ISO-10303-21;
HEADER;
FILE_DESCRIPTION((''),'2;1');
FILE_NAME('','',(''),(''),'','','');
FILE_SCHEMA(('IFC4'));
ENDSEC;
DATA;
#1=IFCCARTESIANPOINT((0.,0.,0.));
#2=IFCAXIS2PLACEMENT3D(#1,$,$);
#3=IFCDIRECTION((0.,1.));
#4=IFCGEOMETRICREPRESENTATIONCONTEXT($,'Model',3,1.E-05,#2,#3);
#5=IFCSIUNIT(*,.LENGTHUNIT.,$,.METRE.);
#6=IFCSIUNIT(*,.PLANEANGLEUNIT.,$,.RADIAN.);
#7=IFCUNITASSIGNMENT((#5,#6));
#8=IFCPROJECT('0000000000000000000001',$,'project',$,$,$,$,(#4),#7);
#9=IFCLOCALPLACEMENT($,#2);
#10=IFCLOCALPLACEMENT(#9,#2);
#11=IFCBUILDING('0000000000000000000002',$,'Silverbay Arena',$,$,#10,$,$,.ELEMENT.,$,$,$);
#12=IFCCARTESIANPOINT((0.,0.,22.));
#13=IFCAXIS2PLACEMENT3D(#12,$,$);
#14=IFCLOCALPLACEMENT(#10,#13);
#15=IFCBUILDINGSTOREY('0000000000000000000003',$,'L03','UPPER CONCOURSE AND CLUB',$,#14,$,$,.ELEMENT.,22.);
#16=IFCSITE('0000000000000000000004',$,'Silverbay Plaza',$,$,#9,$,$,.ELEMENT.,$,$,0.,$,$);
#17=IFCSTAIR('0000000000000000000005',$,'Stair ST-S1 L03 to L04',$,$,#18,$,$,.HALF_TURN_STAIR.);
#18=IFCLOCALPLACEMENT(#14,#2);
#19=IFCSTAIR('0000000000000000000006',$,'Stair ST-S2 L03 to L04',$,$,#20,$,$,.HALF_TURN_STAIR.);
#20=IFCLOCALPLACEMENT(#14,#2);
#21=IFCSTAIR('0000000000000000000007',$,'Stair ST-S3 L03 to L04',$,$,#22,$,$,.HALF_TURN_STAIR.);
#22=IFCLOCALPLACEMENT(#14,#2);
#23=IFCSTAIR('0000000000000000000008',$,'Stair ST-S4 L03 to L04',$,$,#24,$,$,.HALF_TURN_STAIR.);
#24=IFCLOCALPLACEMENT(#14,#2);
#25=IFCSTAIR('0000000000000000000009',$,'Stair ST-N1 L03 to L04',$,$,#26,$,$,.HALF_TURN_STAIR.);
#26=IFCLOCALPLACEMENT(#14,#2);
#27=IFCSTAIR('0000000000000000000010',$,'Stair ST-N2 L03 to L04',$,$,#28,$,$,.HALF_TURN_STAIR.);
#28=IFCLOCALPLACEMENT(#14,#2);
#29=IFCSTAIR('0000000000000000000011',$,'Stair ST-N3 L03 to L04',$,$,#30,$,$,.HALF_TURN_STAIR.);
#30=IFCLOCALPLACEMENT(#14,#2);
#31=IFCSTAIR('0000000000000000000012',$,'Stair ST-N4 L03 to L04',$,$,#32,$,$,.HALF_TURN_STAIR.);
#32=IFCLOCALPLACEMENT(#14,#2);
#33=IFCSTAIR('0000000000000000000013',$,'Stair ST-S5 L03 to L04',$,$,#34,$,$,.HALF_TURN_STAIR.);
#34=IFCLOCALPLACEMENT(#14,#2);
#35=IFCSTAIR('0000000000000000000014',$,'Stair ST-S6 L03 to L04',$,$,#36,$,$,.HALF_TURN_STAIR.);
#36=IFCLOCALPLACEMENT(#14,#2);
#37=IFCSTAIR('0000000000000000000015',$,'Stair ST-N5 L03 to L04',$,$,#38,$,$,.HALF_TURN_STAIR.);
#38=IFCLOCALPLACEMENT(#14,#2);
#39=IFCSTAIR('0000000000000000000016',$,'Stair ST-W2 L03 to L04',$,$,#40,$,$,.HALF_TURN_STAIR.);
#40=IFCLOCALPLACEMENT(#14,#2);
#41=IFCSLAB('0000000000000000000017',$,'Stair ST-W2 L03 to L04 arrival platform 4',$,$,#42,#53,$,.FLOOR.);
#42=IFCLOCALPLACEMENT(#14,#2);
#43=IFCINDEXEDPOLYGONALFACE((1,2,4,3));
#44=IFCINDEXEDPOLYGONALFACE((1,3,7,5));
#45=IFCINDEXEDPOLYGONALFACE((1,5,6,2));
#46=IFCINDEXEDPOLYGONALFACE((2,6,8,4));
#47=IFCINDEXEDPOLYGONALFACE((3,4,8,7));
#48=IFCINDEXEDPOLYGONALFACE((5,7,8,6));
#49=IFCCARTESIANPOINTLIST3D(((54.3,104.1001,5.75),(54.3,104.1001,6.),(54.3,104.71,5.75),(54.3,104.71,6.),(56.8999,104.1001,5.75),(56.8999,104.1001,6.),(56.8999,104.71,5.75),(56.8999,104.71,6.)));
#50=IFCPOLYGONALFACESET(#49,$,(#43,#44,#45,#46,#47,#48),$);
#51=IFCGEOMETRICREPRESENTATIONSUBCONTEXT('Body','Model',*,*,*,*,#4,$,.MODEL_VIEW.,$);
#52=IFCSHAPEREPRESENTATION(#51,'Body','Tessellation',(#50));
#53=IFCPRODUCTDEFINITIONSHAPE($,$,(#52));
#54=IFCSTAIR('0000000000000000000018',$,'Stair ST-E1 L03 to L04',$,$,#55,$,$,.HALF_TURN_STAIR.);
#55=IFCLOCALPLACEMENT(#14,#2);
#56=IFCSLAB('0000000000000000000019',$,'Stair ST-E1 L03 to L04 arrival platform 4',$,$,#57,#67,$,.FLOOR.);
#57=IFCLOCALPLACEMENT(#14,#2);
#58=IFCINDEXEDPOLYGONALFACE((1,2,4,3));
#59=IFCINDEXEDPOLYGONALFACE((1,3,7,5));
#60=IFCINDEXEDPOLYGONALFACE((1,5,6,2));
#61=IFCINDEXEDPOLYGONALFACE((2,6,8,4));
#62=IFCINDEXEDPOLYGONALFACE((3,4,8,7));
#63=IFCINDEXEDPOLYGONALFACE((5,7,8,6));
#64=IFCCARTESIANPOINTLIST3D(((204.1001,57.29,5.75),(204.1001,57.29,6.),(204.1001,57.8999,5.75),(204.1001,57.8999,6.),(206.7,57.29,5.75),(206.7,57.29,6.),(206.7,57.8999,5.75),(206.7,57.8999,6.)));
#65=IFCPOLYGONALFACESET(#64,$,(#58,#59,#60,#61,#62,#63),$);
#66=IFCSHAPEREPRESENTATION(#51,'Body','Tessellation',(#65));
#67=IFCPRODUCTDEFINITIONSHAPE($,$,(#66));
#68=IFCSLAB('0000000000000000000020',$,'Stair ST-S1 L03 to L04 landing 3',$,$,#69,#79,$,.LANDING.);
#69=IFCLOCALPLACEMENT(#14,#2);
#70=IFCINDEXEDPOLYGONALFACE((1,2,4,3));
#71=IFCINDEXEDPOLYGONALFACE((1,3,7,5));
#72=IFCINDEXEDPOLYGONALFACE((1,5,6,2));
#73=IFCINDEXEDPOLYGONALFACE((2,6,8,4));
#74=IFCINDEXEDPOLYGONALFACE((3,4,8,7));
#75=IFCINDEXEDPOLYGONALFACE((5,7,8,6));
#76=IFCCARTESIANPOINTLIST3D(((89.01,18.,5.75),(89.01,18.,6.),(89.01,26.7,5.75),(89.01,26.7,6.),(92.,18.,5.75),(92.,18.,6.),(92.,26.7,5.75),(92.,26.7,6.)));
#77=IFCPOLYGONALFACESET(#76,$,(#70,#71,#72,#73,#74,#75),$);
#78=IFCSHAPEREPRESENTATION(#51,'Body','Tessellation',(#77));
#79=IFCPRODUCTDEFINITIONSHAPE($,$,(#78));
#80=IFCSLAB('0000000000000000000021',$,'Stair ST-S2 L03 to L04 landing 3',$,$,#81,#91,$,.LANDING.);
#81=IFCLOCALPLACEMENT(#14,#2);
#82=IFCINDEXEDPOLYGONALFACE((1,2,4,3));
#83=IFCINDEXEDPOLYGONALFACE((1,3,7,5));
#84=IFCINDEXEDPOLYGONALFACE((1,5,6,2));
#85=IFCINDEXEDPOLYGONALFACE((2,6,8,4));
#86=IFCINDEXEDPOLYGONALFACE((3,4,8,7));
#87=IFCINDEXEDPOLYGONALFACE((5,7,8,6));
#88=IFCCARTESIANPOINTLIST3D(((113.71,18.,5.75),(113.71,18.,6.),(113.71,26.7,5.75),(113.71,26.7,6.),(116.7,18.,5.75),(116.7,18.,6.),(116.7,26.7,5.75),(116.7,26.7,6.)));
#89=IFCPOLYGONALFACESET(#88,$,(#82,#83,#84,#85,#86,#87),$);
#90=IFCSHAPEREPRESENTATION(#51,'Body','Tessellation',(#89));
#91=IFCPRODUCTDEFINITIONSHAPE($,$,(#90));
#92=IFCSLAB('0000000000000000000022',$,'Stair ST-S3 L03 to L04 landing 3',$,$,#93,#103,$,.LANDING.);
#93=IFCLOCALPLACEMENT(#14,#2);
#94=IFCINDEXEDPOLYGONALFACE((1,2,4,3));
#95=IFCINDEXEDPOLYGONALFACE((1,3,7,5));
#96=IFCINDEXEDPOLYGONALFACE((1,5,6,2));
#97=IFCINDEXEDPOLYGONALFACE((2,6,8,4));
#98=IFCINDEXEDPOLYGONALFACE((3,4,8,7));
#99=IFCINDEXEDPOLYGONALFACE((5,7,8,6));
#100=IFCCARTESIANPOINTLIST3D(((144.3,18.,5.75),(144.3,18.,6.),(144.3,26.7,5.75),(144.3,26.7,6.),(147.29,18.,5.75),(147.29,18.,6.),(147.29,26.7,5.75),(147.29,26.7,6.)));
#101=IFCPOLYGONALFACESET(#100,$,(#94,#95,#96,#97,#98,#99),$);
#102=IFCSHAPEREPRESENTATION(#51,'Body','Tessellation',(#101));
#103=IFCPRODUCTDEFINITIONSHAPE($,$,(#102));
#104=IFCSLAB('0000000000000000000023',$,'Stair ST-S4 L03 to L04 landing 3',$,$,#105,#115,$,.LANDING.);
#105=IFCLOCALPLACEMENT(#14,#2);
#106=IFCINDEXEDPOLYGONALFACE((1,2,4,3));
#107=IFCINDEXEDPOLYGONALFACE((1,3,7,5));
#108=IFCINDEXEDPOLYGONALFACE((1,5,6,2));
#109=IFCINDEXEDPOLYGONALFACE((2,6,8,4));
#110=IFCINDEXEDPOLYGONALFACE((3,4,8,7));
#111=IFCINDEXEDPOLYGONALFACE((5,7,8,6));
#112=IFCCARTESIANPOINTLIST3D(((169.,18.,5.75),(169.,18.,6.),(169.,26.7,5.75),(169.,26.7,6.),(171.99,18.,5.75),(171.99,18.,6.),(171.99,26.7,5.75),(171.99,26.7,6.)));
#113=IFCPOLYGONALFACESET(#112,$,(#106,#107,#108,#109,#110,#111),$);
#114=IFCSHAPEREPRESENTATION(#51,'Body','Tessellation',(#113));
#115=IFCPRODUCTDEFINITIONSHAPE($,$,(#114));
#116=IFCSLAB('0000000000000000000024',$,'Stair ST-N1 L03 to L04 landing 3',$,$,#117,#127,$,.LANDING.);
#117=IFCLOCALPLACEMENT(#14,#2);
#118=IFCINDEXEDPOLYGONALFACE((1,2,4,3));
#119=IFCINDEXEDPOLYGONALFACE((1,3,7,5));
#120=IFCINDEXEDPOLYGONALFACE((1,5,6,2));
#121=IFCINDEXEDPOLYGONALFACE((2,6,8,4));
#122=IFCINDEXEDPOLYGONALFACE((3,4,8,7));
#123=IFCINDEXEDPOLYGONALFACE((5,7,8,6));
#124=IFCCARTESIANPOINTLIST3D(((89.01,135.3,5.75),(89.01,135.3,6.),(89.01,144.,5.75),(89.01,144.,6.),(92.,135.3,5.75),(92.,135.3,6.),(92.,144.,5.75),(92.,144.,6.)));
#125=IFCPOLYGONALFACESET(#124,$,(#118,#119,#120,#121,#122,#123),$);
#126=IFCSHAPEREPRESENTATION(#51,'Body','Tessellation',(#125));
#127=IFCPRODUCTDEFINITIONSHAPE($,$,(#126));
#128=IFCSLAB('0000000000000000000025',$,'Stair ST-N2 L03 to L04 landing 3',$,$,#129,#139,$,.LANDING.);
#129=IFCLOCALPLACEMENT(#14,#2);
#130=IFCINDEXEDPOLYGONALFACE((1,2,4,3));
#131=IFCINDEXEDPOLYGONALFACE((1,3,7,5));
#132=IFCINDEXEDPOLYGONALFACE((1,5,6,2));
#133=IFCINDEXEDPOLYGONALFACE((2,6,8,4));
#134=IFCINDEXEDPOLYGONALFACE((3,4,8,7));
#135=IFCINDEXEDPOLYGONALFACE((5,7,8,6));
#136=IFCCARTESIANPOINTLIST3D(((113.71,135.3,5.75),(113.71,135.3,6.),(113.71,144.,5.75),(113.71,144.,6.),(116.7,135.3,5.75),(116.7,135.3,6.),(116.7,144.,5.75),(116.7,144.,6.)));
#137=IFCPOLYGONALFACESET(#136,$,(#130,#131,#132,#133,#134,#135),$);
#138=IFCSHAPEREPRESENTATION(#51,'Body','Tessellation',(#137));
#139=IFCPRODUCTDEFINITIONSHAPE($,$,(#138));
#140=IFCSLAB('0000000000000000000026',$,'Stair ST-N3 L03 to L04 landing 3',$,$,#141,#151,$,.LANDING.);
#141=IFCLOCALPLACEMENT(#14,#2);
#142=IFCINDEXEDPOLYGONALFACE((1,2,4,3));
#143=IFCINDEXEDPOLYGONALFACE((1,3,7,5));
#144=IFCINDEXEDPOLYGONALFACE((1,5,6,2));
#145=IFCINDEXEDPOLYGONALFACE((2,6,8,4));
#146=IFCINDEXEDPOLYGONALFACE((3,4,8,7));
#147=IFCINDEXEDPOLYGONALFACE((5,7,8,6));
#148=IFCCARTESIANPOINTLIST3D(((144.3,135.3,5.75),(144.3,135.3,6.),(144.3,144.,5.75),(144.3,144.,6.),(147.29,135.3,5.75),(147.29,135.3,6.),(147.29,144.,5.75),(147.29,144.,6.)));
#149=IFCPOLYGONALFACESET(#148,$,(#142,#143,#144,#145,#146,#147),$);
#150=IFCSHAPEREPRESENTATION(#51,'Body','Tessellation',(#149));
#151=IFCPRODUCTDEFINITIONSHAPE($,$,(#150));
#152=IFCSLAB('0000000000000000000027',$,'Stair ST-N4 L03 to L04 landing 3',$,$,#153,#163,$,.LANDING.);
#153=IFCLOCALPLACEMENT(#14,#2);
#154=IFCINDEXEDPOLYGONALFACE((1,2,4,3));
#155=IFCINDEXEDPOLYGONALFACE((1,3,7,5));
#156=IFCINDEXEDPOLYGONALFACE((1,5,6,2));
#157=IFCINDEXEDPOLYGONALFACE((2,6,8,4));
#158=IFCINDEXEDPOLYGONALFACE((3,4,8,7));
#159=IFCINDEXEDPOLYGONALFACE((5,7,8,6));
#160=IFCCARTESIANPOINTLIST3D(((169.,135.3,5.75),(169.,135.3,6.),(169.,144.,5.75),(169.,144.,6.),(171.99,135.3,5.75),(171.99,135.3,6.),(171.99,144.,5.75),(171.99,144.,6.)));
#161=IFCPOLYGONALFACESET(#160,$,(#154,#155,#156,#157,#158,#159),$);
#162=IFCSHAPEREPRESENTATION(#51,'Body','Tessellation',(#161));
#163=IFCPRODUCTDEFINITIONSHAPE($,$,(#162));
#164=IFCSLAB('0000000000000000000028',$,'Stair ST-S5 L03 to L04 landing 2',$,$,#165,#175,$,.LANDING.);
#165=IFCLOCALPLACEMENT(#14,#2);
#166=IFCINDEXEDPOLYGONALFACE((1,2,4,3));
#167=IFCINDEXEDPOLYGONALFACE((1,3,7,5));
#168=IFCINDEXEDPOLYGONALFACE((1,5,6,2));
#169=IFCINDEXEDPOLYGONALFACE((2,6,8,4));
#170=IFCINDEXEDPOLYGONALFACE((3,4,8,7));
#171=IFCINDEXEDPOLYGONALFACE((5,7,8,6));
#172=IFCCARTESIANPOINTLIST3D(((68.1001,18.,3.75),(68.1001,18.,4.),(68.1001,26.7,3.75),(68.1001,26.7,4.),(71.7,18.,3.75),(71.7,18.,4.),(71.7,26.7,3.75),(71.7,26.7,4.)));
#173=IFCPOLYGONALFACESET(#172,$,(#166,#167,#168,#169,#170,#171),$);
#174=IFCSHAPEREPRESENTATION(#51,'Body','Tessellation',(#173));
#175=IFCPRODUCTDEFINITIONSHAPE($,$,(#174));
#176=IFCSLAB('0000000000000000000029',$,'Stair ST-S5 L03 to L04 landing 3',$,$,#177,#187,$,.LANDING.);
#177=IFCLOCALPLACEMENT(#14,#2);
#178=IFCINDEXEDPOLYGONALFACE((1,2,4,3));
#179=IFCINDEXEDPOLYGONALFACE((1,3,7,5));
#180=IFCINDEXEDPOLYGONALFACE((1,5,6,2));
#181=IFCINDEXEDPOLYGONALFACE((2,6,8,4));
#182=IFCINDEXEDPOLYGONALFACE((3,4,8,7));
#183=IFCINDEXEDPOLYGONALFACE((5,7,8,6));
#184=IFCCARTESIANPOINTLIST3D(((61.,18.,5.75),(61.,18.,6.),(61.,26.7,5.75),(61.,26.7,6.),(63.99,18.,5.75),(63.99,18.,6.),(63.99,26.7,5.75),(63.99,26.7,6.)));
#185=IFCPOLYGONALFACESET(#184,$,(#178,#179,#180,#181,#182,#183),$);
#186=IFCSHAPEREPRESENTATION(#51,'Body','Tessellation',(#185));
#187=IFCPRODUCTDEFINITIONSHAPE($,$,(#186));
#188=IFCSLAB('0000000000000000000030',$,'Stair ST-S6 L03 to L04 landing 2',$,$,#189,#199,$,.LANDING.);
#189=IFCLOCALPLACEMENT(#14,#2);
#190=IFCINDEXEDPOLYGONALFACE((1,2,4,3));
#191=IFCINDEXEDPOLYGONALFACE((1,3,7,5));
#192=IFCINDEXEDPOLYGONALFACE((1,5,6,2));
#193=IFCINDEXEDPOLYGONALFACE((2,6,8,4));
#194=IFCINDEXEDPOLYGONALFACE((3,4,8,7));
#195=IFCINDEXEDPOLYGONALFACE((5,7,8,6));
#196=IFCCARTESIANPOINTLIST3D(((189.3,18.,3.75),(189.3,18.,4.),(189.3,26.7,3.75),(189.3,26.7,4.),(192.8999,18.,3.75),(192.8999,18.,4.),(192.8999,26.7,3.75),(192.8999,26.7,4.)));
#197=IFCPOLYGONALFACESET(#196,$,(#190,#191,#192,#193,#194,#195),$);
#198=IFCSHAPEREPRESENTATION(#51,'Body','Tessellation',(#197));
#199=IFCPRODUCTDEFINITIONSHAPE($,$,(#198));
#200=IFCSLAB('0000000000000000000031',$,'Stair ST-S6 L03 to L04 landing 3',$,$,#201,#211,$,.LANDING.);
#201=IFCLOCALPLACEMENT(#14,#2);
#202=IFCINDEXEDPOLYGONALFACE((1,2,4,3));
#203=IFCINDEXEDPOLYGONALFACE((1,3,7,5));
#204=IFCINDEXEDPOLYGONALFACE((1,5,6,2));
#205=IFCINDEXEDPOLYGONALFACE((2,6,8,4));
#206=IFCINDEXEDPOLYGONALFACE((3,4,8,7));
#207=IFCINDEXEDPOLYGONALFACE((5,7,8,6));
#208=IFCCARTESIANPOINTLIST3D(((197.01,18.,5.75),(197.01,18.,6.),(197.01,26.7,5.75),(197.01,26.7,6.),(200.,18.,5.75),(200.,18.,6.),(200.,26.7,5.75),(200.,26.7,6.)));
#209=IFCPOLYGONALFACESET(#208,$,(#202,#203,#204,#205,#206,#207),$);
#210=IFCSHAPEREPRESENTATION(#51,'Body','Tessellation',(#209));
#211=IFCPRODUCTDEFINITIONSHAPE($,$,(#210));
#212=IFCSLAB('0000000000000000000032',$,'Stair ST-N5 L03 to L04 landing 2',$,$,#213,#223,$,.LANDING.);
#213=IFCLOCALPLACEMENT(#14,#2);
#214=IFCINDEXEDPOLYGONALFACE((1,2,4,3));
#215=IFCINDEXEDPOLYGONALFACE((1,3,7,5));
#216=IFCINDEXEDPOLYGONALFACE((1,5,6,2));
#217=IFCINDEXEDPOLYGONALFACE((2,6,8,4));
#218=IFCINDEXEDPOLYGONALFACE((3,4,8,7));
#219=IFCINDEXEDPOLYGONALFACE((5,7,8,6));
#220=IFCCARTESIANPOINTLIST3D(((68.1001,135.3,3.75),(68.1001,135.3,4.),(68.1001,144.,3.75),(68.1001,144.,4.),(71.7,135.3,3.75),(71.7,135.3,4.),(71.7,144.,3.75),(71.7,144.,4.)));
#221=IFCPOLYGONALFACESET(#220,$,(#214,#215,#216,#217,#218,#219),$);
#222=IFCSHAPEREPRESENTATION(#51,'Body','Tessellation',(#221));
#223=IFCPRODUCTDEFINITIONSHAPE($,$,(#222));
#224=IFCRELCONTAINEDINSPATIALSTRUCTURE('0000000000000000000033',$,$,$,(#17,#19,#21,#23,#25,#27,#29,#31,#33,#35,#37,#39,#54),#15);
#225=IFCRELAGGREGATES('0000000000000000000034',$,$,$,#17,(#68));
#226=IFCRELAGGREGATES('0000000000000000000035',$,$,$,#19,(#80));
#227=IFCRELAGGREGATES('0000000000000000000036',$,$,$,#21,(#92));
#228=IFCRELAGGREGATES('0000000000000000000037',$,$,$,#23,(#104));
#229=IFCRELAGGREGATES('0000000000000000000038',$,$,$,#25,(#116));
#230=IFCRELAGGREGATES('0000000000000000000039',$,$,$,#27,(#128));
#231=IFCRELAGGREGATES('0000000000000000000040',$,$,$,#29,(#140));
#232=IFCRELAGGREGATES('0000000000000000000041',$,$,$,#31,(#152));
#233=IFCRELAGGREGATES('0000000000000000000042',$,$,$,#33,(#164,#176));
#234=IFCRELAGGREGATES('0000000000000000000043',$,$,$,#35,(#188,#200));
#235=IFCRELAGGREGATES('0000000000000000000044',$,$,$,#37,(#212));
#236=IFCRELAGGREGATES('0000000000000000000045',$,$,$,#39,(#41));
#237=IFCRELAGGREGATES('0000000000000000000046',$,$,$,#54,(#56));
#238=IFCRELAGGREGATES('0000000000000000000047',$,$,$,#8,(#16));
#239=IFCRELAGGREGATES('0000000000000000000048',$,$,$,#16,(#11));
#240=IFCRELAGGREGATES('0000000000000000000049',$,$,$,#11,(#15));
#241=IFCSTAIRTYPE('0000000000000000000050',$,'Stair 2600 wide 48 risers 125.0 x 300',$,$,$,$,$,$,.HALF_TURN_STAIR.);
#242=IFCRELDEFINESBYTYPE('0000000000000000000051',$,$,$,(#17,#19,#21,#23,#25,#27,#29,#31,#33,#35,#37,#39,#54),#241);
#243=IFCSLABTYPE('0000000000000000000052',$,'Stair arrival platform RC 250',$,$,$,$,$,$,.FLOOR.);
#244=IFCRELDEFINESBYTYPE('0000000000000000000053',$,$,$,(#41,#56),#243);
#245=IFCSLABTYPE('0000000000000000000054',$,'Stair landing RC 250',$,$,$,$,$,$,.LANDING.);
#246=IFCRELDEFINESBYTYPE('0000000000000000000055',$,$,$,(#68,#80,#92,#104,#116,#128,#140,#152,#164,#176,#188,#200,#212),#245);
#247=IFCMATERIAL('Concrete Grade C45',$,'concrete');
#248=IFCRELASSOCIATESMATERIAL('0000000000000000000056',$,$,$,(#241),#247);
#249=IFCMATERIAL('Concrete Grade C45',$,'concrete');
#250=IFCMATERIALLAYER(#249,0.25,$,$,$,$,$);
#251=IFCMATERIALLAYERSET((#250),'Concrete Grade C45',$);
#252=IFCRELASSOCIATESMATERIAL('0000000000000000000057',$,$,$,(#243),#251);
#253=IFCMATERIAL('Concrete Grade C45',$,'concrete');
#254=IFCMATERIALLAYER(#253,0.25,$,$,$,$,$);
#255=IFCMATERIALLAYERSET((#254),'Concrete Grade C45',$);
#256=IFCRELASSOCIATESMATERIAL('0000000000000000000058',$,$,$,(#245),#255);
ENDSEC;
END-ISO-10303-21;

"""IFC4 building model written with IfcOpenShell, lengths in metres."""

from ifc_helpers import new_model, si_unit, direction, frame, origin, place, context, subcontext, project, spatial, polyline, outline, extrude, material, layer, layer_set, type_object, element, aggregate, save


model = new_model("IFC4")

# Units and contexts
model_context = context("Model", 3, precision=1e-05, world=origin(), true_north=direction((0.0, 1.0)))
body_context = subcontext(model_context, "Body", "Model", "MODEL_VIEW")
ifc_project = project(units=[si_unit("LENGTHUNIT", "METRE"), si_unit("PLANEANGLEUNIT", "RADIAN")], contexts=[model_context])

# Site, building, storey
site_placement = place(None, origin())
site = spatial("IfcSite", under=ifc_project, at=site_placement, Name="Silverbay Plaza", CompositionType="ELEMENT", RefElevation=0.0)
building_placement = place(site_placement, origin())
building = spatial("IfcBuilding", under=site, at=building_placement, Name="Silverbay Arena", CompositionType="ELEMENT")
storey_placement = place(building_placement, frame((0.0, 0.0, 22.0)))
storey = spatial("IfcBuildingStorey", under=building, at=storey_placement, Name="L03", Description="UPPER CONCOURSE AND CLUB", CompositionType="ELEMENT", Elevation=22.0)

# Stairs, slabs
ifc_material_1 = material(Name="Concrete Grade C45", Category="concrete")
stair_type = type_object("IfcStairType", Name="Stair 2600 wide 48 risers 125.0 x 300", PredefinedType="HALF_TURN_STAIR", material=ifc_material_1)
stair_1_placement = place(storey_placement, origin())
stair_1 = element("IfcStair", 1, at=stair_1_placement, inside=storey, type_object=stair_type, Name="Stair ST-S1 L03 to L04", PredefinedType="HALF_TURN_STAIR")
ifc_material_2 = material(Name="Concrete Grade C45", Category="concrete")
ifc_layer_1 = layer(ifc_material_2, 0.25)
ifc_layer_set_1 = layer_set([ifc_layer_1], Name="Concrete Grade C45")
slab_type_1 = type_object("IfcSlabType", Name="Stair arrival platform RC 250", PredefinedType="FLOOR", material=ifc_layer_set_1)
stair_2_placement = place(storey_placement, origin())
stair_2 = element("IfcStair", 2, at=stair_2_placement, inside=storey, type_object=stair_type, Name="Stair ST-S2 L03 to L04", PredefinedType="HALF_TURN_STAIR")
stair_3_placement = place(storey_placement, origin())
stair_3 = element("IfcStair", 3, at=stair_3_placement, inside=storey, type_object=stair_type, Name="Stair ST-S3 L03 to L04", PredefinedType="HALF_TURN_STAIR")
stair_4_placement = place(storey_placement, origin())
stair_4 = element("IfcStair", 4, at=stair_4_placement, inside=storey, type_object=stair_type, Name="Stair ST-S4 L03 to L04", PredefinedType="HALF_TURN_STAIR")
stair_5_placement = place(storey_placement, origin())
stair_5 = element("IfcStair", 5, at=stair_5_placement, inside=storey, type_object=stair_type, Name="Stair ST-N1 L03 to L04", PredefinedType="HALF_TURN_STAIR")
stair_6_placement = place(storey_placement, origin())
stair_6 = element("IfcStair", 6, at=stair_6_placement, inside=storey, type_object=stair_type, Name="Stair ST-N2 L03 to L04", PredefinedType="HALF_TURN_STAIR")
stair_7_placement = place(storey_placement, origin())
stair_7 = element("IfcStair", 7, at=stair_7_placement, inside=storey, type_object=stair_type, Name="Stair ST-N3 L03 to L04", PredefinedType="HALF_TURN_STAIR")
stair_8_placement = place(storey_placement, origin())
stair_8 = element("IfcStair", 8, at=stair_8_placement, inside=storey, type_object=stair_type, Name="Stair ST-N4 L03 to L04", PredefinedType="HALF_TURN_STAIR")
stair_9_placement = place(storey_placement, origin())
stair_9 = element("IfcStair", 9, at=stair_9_placement, inside=storey, type_object=stair_type, Name="Stair ST-S5 L03 to L04", PredefinedType="HALF_TURN_STAIR")
stair_10_placement = place(storey_placement, origin())
stair_10 = element("IfcStair", 10, at=stair_10_placement, inside=storey, type_object=stair_type, Name="Stair ST-S6 L03 to L04", PredefinedType="HALF_TURN_STAIR")
stair_11_placement = place(storey_placement, origin())
stair_11 = element("IfcStair", 11, at=stair_11_placement, inside=storey, type_object=stair_type, Name="Stair ST-N5 L03 to L04", PredefinedType="HALF_TURN_STAIR")
stair_12_placement = place(storey_placement, origin())
stair_12 = element("IfcStair", 12, at=stair_12_placement, inside=storey, type_object=stair_type, Name="Stair ST-W2 L03 to L04", PredefinedType="HALF_TURN_STAIR")
slab_1_placement = place(storey_placement, frame((0.0, 0.0, 5.75)))
slab_1 = element("IfcSlab", 13, at=slab_1_placement, type_object=slab_type_1, Name="Stair ST-W2 L03 to L04 arrival platform 4", PredefinedType="FLOOR", context=body_context, shape_type="SweptSolid", body=[
    extrude(outline(polyline([(56.8999, 104.1001), (56.8999, 104.71), (54.3, 104.71), (54.3, 104.1001), (56.8999, 104.1001)])), origin(), (0.0, 0.0, 1.0), 0.25),
])
stair_13_placement = place(storey_placement, origin())
stair_13 = element("IfcStair", 14, at=stair_13_placement, inside=storey, type_object=stair_type, Name="Stair ST-E1 L03 to L04", PredefinedType="HALF_TURN_STAIR")
slab_2_placement = place(storey_placement, frame((0.0, 0.0, 5.75)))
slab_2 = element("IfcSlab", 15, at=slab_2_placement, type_object=slab_type_1, Name="Stair ST-E1 L03 to L04 arrival platform 4", PredefinedType="FLOOR", context=body_context, shape_type="SweptSolid", body=[
    extrude(outline(polyline([(204.1001, 57.8999), (204.1001, 57.29), (206.7, 57.29), (206.7, 57.8999), (204.1001, 57.8999)])), origin(), (0.0, 0.0, 1.0), 0.25),
])

# Slabs
ifc_material_3 = material(Name="Concrete Grade C45", Category="concrete")
ifc_layer_2 = layer(ifc_material_3, 0.25)
ifc_layer_set_2 = layer_set([ifc_layer_2], Name="Concrete Grade C45")
slab_type_2 = type_object("IfcSlabType", Name="Stair landing RC 250", PredefinedType="LANDING", material=ifc_layer_set_2)
slab_3_placement = place(storey_placement, frame((0.0, 0.0, 5.75)))
slab_3 = element("IfcSlab", 16, at=slab_3_placement, type_object=slab_type_2, Name="Stair ST-S1 L03 to L04 landing 3", PredefinedType="LANDING", context=body_context, shape_type="SweptSolid", body=[
    extrude(outline(polyline([(89.01, 26.7), (92.0, 26.7), (92.0, 18.0), (89.01, 18.0), (89.01, 26.7)])), origin(), (0.0, 0.0, 1.0), 0.25),
])
aggregate(stair_1, [slab_3])
slab_4_placement = place(storey_placement, frame((0.0, 0.0, 5.75)))
slab_4 = element("IfcSlab", 17, at=slab_4_placement, type_object=slab_type_2, Name="Stair ST-S2 L03 to L04 landing 3", PredefinedType="LANDING", context=body_context, shape_type="SweptSolid", body=[
    extrude(outline(polyline([(113.71, 26.7), (116.7, 26.7), (116.7, 18.0), (113.71, 18.0), (113.71, 26.7)])), origin(), (0.0, 0.0, 1.0), 0.25),
])
aggregate(stair_2, [slab_4])
slab_5_placement = place(storey_placement, frame((0.0, 0.0, 5.75)))
slab_5 = element("IfcSlab", 18, at=slab_5_placement, type_object=slab_type_2, Name="Stair ST-S3 L03 to L04 landing 3", PredefinedType="LANDING", context=body_context, shape_type="SweptSolid", body=[
    extrude(outline(polyline([(147.29, 26.7), (144.3, 26.7), (144.3, 18.0), (147.29, 18.0), (147.29, 26.7)])), origin(), (0.0, 0.0, 1.0), 0.25),
])
aggregate(stair_3, [slab_5])
slab_6_placement = place(storey_placement, frame((0.0, 0.0, 5.75)))
slab_6 = element("IfcSlab", 19, at=slab_6_placement, type_object=slab_type_2, Name="Stair ST-S4 L03 to L04 landing 3", PredefinedType="LANDING", context=body_context, shape_type="SweptSolid", body=[
    extrude(outline(polyline([(171.99, 26.7), (169.0, 26.7), (169.0, 18.0), (171.99, 18.0), (171.99, 26.7)])), origin(), (0.0, 0.0, 1.0), 0.25),
])
aggregate(stair_4, [slab_6])
slab_7_placement = place(storey_placement, frame((0.0, 0.0, 5.75)))
slab_7 = element("IfcSlab", 20, at=slab_7_placement, type_object=slab_type_2, Name="Stair ST-N1 L03 to L04 landing 3", PredefinedType="LANDING", context=body_context, shape_type="SweptSolid", body=[
    extrude(outline(polyline([(89.01, 135.3), (92.0, 135.3), (92.0, 144.0), (89.01, 144.0), (89.01, 135.3)])), origin(), (0.0, 0.0, 1.0), 0.25),
])
aggregate(stair_5, [slab_7])
slab_8_placement = place(storey_placement, frame((0.0, 0.0, 5.75)))
slab_8 = element("IfcSlab", 21, at=slab_8_placement, type_object=slab_type_2, Name="Stair ST-N2 L03 to L04 landing 3", PredefinedType="LANDING", context=body_context, shape_type="SweptSolid", body=[
    extrude(outline(polyline([(113.71, 135.3), (116.7, 135.3), (116.7, 144.0), (113.71, 144.0), (113.71, 135.3)])), origin(), (0.0, 0.0, 1.0), 0.25),
])
aggregate(stair_6, [slab_8])
slab_9_placement = place(storey_placement, frame((0.0, 0.0, 5.75)))
slab_9 = element("IfcSlab", 22, at=slab_9_placement, type_object=slab_type_2, Name="Stair ST-N3 L03 to L04 landing 3", PredefinedType="LANDING", context=body_context, shape_type="SweptSolid", body=[
    extrude(outline(polyline([(147.29, 135.3), (144.3, 135.3), (144.3, 144.0), (147.29, 144.0), (147.29, 135.3)])), origin(), (0.0, 0.0, 1.0), 0.25),
])
aggregate(stair_7, [slab_9])
slab_10_placement = place(storey_placement, frame((0.0, 0.0, 5.75)))
slab_10 = element("IfcSlab", 23, at=slab_10_placement, type_object=slab_type_2, Name="Stair ST-N4 L03 to L04 landing 3", PredefinedType="LANDING", context=body_context, shape_type="SweptSolid", body=[
    extrude(outline(polyline([(171.99, 135.3), (169.0, 135.3), (169.0, 144.0), (171.99, 144.0), (171.99, 135.3)])), origin(), (0.0, 0.0, 1.0), 0.25),
])
aggregate(stair_8, [slab_10])
slab_11_placement = place(storey_placement, frame((0.0, 0.0, 3.75)))
slab_11 = element("IfcSlab", 24, at=slab_11_placement, type_object=slab_type_2, Name="Stair ST-S5 L03 to L04 landing 2", PredefinedType="LANDING", context=body_context, shape_type="SweptSolid", body=[
    extrude(outline(polyline([(71.7, 26.7), (68.1001, 26.7), (68.1001, 18.0), (71.7, 18.0), (71.7, 26.7)])), origin(), (0.0, 0.0, 1.0), 0.25),
])
slab_12_placement = place(storey_placement, frame((0.0, 0.0, 5.75)))
slab_12 = element("IfcSlab", 25, at=slab_12_placement, type_object=slab_type_2, Name="Stair ST-S5 L03 to L04 landing 3", PredefinedType="LANDING", context=body_context, shape_type="SweptSolid", body=[
    extrude(outline(polyline([(63.99, 26.7), (61.0, 26.7), (61.0, 18.0), (63.99, 18.0), (63.99, 26.7)])), origin(), (0.0, 0.0, 1.0), 0.25),
])
aggregate(stair_9, [slab_11, slab_12])
slab_13_placement = place(storey_placement, frame((0.0, 0.0, 3.75)))
slab_13 = element("IfcSlab", 26, at=slab_13_placement, type_object=slab_type_2, Name="Stair ST-S6 L03 to L04 landing 2", PredefinedType="LANDING", context=body_context, shape_type="SweptSolid", body=[
    extrude(outline(polyline([(189.3, 26.7), (192.8999, 26.7), (192.8999, 18.0), (189.3, 18.0), (189.3, 26.7)])), origin(), (0.0, 0.0, 1.0), 0.25),
])
slab_14_placement = place(storey_placement, frame((0.0, 0.0, 5.75)))
slab_14 = element("IfcSlab", 27, at=slab_14_placement, type_object=slab_type_2, Name="Stair ST-S6 L03 to L04 landing 3", PredefinedType="LANDING", context=body_context, shape_type="SweptSolid", body=[
    extrude(outline(polyline([(197.01, 26.7), (200.0, 26.7), (200.0, 18.0), (197.01, 18.0), (197.01, 26.7)])), origin(), (0.0, 0.0, 1.0), 0.25),
])
aggregate(stair_10, [slab_13, slab_14])
slab_15_placement = place(storey_placement, frame((0.0, 0.0, 3.75)))
slab_15 = element("IfcSlab", 28, at=slab_15_placement, type_object=slab_type_2, Name="Stair ST-N5 L03 to L04 landing 2", PredefinedType="LANDING", context=body_context, shape_type="SweptSolid", body=[
    extrude(outline(polyline([(71.7, 135.3), (68.1001, 135.3), (68.1001, 144.0), (71.7, 144.0), (71.7, 135.3)])), origin(), (0.0, 0.0, 1.0), 0.25),
])
aggregate(stair_11, [slab_15])
aggregate(stair_12, [slab_1])
aggregate(stair_13, [slab_2])

save(model, "model.ifc")
